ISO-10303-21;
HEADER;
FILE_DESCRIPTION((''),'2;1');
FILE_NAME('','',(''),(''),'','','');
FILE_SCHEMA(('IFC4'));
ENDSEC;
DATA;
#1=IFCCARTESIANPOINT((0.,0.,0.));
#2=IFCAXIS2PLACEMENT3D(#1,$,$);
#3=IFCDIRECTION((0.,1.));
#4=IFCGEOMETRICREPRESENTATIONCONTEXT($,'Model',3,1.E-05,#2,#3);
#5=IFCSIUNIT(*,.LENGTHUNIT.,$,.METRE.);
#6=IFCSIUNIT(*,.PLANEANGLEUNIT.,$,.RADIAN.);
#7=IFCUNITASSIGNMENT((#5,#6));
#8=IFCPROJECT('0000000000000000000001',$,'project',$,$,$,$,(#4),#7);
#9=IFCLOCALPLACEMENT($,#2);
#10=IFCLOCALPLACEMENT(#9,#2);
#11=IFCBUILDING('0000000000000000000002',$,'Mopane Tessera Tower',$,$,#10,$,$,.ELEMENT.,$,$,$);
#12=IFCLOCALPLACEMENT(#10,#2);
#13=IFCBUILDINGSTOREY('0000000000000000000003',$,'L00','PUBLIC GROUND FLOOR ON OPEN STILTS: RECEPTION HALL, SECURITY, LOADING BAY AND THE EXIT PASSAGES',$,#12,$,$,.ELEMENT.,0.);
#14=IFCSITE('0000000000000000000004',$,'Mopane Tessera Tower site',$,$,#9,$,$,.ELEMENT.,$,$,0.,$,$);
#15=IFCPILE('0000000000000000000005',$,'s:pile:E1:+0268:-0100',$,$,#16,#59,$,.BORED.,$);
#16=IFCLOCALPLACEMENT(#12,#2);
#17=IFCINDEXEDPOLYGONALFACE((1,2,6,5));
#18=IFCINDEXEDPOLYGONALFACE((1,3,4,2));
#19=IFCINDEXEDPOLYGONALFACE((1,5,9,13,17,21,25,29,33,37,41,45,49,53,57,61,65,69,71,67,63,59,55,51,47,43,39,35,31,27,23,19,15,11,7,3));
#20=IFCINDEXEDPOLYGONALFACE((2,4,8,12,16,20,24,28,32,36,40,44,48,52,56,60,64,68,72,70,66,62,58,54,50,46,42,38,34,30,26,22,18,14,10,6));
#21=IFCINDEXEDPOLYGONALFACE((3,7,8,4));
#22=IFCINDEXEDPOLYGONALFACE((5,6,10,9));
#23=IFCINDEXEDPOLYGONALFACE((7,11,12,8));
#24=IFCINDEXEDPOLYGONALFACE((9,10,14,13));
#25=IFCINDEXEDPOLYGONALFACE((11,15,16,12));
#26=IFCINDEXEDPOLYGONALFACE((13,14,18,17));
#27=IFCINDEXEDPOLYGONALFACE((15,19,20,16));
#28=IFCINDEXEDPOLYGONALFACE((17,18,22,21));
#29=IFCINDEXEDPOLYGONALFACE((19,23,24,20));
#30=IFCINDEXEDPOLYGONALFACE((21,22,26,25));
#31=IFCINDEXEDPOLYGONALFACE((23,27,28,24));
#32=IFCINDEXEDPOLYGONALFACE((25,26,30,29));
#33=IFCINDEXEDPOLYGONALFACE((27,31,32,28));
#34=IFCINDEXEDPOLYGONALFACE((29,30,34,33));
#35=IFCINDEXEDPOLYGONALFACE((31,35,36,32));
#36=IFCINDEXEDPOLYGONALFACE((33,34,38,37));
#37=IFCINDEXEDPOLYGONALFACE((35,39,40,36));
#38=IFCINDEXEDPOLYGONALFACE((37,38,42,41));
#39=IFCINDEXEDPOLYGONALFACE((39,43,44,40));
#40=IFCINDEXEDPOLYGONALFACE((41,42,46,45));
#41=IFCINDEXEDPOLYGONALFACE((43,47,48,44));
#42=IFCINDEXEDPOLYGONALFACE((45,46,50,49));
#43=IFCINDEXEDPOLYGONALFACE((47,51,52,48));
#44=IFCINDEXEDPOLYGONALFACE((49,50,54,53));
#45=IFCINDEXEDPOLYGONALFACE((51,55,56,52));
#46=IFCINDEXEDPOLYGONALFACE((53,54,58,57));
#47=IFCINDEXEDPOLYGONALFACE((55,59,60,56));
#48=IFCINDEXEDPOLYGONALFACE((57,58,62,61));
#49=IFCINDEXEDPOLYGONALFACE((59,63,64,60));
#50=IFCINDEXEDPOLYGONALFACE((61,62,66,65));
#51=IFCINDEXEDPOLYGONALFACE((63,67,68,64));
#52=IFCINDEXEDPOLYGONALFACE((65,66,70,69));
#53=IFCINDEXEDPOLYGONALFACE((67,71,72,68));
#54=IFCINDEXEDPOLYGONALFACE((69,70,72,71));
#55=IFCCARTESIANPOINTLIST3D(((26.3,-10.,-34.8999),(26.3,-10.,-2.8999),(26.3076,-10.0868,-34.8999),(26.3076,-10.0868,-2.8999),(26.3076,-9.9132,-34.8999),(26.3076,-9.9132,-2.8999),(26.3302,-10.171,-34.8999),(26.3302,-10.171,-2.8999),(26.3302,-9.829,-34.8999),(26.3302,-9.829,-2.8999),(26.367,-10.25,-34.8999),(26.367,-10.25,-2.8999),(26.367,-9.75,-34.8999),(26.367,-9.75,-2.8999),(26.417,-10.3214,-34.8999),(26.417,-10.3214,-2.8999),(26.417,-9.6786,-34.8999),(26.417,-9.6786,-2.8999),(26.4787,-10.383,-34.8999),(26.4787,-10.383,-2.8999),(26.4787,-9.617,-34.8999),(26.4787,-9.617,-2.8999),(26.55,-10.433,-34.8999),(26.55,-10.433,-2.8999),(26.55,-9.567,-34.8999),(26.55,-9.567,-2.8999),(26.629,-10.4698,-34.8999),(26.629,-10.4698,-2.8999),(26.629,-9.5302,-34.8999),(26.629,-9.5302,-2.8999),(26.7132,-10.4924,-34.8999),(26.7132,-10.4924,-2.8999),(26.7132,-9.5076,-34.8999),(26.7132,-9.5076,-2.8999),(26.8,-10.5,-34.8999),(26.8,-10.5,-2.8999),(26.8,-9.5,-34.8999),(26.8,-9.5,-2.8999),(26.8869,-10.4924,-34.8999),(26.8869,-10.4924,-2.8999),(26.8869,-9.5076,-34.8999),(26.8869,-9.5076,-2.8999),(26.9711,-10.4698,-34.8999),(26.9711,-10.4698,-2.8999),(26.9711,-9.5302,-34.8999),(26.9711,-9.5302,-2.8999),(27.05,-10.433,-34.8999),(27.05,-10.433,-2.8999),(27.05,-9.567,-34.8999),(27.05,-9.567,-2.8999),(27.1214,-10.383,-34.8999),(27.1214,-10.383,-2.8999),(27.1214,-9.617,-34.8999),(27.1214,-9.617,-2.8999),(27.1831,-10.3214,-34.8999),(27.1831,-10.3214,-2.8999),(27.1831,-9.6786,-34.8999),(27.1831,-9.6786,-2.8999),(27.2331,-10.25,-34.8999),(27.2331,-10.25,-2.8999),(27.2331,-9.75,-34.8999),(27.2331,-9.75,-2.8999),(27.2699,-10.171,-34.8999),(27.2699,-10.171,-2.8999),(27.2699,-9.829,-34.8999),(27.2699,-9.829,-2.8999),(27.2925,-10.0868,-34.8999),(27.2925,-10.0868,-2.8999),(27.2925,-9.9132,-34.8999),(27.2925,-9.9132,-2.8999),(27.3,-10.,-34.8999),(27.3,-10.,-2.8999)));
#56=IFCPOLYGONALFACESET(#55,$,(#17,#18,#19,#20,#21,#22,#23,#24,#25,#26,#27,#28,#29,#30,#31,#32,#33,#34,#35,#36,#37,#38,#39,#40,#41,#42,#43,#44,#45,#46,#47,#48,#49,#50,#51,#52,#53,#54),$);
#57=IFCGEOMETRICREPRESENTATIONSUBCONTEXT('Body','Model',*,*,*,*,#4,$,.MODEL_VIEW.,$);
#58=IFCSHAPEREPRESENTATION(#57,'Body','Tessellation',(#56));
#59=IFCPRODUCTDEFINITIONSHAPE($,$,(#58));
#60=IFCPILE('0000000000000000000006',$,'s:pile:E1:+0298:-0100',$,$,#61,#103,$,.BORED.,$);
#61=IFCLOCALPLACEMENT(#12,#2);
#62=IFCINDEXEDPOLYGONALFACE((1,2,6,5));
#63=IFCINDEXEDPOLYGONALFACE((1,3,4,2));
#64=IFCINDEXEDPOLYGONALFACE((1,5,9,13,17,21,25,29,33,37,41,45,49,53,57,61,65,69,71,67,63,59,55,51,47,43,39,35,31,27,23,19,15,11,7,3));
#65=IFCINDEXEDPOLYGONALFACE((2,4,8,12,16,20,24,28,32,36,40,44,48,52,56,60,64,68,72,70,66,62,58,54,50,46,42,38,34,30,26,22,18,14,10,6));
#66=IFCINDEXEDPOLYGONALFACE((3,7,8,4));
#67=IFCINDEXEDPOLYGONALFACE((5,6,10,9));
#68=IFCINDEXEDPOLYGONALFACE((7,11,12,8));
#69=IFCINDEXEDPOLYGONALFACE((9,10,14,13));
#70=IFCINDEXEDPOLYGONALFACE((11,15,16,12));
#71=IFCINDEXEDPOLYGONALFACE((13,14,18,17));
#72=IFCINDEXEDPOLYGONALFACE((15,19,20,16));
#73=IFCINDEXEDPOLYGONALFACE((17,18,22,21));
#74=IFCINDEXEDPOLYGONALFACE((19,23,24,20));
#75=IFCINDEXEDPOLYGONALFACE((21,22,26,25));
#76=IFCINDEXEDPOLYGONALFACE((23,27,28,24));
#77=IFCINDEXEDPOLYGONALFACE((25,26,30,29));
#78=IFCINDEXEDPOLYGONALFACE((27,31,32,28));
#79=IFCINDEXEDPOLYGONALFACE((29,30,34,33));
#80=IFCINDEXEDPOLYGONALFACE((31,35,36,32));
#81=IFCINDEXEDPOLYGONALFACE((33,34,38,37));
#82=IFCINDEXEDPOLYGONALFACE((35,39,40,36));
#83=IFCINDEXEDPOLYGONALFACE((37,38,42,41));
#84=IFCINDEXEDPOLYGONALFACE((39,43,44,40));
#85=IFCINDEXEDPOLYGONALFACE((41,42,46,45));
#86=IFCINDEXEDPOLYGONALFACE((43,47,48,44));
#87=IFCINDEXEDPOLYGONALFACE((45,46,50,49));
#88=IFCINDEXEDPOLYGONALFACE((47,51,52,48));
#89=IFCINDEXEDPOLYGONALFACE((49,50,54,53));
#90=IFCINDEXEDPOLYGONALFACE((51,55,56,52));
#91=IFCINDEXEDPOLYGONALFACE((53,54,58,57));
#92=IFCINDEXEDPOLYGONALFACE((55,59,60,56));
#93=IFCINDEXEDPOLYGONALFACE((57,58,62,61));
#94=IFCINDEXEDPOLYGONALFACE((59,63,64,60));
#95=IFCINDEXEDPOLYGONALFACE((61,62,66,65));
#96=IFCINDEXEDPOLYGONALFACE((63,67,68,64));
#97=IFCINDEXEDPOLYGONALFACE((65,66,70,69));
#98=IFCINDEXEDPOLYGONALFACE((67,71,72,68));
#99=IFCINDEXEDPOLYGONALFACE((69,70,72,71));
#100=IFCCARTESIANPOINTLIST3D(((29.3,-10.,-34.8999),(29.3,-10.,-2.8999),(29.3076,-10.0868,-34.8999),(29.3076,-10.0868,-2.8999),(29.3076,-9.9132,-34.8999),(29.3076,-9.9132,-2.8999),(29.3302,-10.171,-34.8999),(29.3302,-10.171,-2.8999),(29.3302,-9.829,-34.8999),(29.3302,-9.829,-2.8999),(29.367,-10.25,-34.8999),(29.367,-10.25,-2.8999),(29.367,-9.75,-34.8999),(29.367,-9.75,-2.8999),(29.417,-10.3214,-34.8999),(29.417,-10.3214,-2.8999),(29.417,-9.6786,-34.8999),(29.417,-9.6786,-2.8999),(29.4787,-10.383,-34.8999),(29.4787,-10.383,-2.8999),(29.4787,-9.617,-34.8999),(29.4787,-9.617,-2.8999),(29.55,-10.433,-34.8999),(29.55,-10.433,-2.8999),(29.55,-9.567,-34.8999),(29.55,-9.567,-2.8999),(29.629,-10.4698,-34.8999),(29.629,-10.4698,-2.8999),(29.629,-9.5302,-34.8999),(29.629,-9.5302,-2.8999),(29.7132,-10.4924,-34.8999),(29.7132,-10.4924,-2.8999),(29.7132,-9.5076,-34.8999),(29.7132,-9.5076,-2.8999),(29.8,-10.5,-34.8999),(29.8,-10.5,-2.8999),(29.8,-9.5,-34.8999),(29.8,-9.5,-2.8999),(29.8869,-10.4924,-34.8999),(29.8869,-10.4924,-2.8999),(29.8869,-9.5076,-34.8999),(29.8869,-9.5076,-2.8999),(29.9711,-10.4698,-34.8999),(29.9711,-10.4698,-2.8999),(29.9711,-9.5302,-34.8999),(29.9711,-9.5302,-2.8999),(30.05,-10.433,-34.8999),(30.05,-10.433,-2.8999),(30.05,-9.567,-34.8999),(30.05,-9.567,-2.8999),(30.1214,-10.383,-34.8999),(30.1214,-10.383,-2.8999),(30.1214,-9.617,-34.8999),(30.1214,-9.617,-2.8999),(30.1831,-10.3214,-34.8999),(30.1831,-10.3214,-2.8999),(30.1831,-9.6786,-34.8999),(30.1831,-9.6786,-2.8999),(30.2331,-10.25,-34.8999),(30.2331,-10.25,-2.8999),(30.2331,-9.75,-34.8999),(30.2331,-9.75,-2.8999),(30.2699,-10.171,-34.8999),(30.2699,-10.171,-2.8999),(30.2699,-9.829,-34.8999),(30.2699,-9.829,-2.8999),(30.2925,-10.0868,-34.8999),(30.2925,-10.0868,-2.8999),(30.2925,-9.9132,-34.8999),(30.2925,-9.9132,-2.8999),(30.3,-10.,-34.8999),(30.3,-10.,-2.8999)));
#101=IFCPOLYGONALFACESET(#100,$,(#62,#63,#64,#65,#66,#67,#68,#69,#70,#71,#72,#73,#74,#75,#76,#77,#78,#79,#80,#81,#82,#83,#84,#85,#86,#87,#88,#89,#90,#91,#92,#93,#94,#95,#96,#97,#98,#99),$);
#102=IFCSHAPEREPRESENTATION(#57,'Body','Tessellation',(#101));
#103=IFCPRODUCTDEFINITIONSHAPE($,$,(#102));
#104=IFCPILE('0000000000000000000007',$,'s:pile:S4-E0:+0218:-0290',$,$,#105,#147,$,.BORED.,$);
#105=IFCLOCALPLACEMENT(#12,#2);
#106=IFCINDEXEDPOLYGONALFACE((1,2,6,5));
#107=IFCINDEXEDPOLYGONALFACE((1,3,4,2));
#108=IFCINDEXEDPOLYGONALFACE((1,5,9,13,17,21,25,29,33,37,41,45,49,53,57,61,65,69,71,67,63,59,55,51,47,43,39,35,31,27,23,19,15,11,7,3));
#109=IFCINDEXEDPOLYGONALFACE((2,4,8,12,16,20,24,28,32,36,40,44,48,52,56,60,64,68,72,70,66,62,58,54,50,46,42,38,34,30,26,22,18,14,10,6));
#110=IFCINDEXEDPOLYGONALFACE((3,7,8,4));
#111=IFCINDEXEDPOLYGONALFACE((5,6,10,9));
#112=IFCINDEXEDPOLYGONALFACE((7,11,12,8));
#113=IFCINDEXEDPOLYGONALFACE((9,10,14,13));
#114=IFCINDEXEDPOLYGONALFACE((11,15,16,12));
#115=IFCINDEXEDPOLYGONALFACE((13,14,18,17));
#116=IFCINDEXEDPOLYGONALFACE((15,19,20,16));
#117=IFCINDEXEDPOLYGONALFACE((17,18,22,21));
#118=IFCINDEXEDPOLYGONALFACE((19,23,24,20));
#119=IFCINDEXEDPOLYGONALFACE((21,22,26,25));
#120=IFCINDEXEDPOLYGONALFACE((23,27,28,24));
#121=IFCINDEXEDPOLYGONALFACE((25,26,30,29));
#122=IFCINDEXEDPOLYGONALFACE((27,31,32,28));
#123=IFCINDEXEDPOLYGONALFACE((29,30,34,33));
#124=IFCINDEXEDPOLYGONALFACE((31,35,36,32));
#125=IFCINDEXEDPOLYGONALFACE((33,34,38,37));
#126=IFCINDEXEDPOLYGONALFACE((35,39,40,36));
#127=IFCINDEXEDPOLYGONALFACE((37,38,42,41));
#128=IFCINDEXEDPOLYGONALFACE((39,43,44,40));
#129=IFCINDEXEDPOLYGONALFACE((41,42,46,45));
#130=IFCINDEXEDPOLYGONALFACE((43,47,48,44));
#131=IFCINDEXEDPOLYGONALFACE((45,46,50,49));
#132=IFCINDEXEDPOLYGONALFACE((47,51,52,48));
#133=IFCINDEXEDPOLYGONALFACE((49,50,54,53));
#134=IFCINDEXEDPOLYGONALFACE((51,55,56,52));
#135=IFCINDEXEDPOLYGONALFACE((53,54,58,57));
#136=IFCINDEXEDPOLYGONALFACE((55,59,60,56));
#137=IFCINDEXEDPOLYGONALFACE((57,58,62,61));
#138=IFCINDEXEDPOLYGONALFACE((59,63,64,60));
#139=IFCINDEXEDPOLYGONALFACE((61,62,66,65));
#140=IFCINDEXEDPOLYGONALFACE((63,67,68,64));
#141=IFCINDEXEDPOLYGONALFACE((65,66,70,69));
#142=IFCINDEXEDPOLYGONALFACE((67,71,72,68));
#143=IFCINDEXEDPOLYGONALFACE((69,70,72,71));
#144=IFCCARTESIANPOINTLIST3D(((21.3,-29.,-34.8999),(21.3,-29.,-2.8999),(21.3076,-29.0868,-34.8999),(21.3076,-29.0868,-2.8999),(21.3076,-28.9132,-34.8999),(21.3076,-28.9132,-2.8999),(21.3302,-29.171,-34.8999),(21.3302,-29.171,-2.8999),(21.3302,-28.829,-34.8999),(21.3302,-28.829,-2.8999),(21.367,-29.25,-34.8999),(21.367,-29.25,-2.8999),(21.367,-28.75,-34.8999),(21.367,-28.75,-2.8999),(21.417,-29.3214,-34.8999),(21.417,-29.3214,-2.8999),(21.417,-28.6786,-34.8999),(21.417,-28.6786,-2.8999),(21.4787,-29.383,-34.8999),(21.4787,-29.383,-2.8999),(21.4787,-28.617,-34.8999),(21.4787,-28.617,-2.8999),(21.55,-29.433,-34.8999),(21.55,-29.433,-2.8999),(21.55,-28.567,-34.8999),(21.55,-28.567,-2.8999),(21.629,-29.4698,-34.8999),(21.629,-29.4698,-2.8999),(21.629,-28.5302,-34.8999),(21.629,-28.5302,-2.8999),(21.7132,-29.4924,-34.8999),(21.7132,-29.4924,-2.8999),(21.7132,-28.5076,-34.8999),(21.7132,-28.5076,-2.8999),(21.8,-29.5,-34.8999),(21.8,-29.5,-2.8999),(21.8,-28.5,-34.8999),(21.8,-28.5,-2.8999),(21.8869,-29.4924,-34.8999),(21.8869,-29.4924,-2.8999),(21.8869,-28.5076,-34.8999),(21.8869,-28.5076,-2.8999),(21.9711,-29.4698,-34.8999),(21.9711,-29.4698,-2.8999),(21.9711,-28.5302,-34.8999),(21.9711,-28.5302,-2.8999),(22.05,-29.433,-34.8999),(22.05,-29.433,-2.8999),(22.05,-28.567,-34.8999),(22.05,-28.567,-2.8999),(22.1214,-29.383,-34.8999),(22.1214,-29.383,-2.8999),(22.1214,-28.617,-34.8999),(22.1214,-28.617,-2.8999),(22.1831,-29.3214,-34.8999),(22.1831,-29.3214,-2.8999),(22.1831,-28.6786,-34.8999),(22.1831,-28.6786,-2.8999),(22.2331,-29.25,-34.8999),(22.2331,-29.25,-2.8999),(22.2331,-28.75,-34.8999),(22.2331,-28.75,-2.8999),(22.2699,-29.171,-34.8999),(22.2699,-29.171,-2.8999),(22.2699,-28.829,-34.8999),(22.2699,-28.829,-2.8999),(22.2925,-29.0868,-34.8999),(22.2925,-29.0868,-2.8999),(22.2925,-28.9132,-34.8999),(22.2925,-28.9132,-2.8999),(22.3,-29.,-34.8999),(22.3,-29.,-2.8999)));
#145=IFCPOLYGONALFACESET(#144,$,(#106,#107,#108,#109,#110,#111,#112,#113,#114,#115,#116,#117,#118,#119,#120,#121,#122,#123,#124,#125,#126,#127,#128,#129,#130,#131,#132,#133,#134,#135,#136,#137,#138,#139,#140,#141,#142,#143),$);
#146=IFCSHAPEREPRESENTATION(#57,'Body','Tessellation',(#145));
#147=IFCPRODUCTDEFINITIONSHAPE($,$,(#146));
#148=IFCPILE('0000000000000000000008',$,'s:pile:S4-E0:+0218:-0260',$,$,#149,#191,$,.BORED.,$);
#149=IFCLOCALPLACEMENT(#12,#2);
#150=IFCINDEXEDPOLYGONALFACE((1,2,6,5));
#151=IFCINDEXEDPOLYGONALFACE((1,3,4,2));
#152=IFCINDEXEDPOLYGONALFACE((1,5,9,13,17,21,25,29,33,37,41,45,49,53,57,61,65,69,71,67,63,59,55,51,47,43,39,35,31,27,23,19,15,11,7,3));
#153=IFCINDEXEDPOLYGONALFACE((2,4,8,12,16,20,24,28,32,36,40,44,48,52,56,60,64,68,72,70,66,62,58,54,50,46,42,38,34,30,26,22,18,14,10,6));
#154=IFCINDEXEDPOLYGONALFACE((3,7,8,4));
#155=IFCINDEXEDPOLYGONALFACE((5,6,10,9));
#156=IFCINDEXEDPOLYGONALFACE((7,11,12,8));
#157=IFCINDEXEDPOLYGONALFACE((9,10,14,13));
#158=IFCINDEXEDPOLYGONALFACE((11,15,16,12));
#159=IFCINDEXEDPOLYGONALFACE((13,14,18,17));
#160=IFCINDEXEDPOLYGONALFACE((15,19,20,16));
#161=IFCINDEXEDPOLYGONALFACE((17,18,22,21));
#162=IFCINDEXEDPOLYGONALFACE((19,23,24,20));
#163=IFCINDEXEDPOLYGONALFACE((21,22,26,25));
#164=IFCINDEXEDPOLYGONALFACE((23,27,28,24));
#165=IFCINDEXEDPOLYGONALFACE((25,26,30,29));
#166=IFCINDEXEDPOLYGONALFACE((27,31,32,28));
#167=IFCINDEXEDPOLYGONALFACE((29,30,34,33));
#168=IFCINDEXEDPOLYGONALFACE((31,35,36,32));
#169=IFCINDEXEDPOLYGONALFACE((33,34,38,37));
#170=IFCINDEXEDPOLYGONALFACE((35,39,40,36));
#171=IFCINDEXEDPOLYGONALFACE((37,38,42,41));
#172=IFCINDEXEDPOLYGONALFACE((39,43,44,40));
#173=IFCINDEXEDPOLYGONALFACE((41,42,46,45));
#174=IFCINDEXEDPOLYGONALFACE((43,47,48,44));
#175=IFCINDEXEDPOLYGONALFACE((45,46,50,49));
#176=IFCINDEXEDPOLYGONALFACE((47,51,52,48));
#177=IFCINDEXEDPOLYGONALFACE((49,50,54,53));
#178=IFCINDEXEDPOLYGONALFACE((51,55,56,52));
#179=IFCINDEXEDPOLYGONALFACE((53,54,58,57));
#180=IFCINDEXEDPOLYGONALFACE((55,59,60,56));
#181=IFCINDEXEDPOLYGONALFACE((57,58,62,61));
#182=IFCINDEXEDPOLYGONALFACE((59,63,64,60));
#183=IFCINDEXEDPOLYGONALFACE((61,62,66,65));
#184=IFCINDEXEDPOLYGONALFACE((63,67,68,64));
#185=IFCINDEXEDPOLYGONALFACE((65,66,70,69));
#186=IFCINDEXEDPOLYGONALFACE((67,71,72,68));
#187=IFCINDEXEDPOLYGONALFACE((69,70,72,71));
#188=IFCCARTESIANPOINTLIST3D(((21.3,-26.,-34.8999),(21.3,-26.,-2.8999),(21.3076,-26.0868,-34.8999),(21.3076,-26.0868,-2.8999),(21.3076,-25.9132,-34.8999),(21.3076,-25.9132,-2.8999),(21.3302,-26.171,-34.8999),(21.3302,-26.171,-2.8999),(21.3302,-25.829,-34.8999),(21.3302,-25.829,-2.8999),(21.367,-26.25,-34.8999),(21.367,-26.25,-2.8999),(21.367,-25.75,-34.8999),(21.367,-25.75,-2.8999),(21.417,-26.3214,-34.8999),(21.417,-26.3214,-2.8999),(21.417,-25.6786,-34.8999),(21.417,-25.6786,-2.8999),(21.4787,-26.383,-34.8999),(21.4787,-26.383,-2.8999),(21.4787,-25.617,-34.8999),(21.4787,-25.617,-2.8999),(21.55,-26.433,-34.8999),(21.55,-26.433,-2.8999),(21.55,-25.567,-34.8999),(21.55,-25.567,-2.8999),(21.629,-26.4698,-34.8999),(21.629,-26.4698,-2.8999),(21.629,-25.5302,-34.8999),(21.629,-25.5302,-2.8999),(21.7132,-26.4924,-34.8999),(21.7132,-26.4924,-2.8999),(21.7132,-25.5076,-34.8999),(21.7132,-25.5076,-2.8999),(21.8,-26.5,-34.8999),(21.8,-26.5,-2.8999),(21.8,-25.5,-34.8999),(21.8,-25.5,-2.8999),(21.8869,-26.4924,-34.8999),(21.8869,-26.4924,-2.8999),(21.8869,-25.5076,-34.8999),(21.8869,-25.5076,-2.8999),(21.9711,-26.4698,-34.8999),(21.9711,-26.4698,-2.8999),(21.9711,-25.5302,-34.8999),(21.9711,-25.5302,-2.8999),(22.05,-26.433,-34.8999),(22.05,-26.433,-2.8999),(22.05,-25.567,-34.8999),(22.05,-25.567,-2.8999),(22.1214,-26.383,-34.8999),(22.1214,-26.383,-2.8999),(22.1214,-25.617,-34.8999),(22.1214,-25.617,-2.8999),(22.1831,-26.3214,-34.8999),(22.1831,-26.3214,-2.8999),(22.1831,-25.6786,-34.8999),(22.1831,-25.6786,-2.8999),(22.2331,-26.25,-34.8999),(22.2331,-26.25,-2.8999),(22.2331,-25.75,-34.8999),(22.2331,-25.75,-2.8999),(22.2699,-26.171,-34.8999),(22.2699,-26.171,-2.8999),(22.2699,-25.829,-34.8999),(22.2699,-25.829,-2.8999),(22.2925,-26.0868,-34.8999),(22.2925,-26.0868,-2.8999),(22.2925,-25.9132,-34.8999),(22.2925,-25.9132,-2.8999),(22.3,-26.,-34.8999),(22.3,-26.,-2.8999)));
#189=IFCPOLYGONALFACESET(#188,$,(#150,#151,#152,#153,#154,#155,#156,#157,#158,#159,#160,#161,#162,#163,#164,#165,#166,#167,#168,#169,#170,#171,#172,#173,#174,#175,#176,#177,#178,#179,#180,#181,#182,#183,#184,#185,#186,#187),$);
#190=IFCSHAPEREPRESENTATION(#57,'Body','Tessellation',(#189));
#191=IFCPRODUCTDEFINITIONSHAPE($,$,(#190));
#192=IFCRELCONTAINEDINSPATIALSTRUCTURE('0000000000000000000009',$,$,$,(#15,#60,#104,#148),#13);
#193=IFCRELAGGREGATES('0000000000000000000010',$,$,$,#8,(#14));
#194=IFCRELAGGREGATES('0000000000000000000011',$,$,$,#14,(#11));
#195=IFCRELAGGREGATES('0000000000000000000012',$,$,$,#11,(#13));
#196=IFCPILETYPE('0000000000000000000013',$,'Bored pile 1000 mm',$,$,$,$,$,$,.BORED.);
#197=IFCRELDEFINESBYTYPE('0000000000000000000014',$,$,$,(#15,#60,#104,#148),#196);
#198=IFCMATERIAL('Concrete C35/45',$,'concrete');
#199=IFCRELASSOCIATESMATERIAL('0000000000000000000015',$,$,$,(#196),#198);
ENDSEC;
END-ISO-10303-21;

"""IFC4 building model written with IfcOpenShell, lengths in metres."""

from ifc_helpers import new_model, si_unit, direction, frame, origin, origin_2d, place, context, subcontext, project, spatial, circle, extrude, material, material_profile, profile_set, type_object, element, save


model = new_model("IFC4")

# Units and contexts
model_context = context("Model", 3, precision=1e-05, world=origin(), true_north=direction((0.0, 1.0)))
body_context = subcontext(model_context, "Body", "Model", "MODEL_VIEW")
ifc_project = project(units=[si_unit("LENGTHUNIT", "METRE"), si_unit("PLANEANGLEUNIT", "RADIAN")], contexts=[model_context])

# Site, building, storey
site_placement = place(None, origin())
site = spatial("IfcSite", under=ifc_project, at=site_placement, Name="Mopane Tessera Tower site", CompositionType="ELEMENT", RefElevation=0.0)
building_placement = place(site_placement, origin())
building = spatial("IfcBuilding", under=site, at=building_placement, Name="Mopane Tessera Tower", CompositionType="ELEMENT")
storey_placement = place(building_placement, origin())
storey = spatial("IfcBuildingStorey", under=building, at=storey_placement, Name="L00", Description="PUBLIC GROUND FLOOR ON OPEN STILTS: RECEPTION HALL, SECURITY, LOADING BAY AND THE EXIT PASSAGES", CompositionType="ELEMENT", Elevation=0.0)

# Piles
ifc_material_1 = material(Name="Concrete C35/45", Category="concrete")
ifc_material_profile_1 = material_profile(ifc_material_1, circle(Radius=0.5, at=origin_2d()))
ifc_profile_set_1 = profile_set([ifc_material_profile_1], Name="Concrete C35/45")
pile_type_1 = type_object("IfcPileType", Name="Bored pile 1000 mm", PredefinedType="BORED", material=ifc_profile_set_1)
for number, where, z_axis, x_axis, name in (
    (1, (26.8, -10.0, -2.8999), (0.0, 0.0, -1.0), (1.0, 0.0, 0.0), "s:pile:E1:+0268:-0100"),
    (2, (29.8, -10.0, -2.8999), (0.0, 0.0, -1.0), (1.0, 0.0, 0.0), "s:pile:E1:+0298:-0100"),
    (3, (21.8, -29.0, -2.8999), (0.0, 0.0, -1.0), (1.0, 0.0, 0.0), "s:pile:S4-E0:+0218:-0290"),
    (4, (21.8, -26.0, -2.8999), (0.0, 0.0, -1.0), (1.0, 0.0, 0.0), "s:pile:S4-E0:+0218:-0260"),
):
    element("IfcPile", number, at=place(storey_placement, frame(where, z_axis=z_axis, x_axis=x_axis)), inside=storey, type_object=pile_type_1, Name=name, PredefinedType="BORED", context=body_context, shape_type="SweptSolid", body=[
        extrude(circle(Radius=0.5, at=origin_2d()), origin(), (0.0, 0.0, 1.0), 32.0),
    ])

save(model, "model.ifc")
